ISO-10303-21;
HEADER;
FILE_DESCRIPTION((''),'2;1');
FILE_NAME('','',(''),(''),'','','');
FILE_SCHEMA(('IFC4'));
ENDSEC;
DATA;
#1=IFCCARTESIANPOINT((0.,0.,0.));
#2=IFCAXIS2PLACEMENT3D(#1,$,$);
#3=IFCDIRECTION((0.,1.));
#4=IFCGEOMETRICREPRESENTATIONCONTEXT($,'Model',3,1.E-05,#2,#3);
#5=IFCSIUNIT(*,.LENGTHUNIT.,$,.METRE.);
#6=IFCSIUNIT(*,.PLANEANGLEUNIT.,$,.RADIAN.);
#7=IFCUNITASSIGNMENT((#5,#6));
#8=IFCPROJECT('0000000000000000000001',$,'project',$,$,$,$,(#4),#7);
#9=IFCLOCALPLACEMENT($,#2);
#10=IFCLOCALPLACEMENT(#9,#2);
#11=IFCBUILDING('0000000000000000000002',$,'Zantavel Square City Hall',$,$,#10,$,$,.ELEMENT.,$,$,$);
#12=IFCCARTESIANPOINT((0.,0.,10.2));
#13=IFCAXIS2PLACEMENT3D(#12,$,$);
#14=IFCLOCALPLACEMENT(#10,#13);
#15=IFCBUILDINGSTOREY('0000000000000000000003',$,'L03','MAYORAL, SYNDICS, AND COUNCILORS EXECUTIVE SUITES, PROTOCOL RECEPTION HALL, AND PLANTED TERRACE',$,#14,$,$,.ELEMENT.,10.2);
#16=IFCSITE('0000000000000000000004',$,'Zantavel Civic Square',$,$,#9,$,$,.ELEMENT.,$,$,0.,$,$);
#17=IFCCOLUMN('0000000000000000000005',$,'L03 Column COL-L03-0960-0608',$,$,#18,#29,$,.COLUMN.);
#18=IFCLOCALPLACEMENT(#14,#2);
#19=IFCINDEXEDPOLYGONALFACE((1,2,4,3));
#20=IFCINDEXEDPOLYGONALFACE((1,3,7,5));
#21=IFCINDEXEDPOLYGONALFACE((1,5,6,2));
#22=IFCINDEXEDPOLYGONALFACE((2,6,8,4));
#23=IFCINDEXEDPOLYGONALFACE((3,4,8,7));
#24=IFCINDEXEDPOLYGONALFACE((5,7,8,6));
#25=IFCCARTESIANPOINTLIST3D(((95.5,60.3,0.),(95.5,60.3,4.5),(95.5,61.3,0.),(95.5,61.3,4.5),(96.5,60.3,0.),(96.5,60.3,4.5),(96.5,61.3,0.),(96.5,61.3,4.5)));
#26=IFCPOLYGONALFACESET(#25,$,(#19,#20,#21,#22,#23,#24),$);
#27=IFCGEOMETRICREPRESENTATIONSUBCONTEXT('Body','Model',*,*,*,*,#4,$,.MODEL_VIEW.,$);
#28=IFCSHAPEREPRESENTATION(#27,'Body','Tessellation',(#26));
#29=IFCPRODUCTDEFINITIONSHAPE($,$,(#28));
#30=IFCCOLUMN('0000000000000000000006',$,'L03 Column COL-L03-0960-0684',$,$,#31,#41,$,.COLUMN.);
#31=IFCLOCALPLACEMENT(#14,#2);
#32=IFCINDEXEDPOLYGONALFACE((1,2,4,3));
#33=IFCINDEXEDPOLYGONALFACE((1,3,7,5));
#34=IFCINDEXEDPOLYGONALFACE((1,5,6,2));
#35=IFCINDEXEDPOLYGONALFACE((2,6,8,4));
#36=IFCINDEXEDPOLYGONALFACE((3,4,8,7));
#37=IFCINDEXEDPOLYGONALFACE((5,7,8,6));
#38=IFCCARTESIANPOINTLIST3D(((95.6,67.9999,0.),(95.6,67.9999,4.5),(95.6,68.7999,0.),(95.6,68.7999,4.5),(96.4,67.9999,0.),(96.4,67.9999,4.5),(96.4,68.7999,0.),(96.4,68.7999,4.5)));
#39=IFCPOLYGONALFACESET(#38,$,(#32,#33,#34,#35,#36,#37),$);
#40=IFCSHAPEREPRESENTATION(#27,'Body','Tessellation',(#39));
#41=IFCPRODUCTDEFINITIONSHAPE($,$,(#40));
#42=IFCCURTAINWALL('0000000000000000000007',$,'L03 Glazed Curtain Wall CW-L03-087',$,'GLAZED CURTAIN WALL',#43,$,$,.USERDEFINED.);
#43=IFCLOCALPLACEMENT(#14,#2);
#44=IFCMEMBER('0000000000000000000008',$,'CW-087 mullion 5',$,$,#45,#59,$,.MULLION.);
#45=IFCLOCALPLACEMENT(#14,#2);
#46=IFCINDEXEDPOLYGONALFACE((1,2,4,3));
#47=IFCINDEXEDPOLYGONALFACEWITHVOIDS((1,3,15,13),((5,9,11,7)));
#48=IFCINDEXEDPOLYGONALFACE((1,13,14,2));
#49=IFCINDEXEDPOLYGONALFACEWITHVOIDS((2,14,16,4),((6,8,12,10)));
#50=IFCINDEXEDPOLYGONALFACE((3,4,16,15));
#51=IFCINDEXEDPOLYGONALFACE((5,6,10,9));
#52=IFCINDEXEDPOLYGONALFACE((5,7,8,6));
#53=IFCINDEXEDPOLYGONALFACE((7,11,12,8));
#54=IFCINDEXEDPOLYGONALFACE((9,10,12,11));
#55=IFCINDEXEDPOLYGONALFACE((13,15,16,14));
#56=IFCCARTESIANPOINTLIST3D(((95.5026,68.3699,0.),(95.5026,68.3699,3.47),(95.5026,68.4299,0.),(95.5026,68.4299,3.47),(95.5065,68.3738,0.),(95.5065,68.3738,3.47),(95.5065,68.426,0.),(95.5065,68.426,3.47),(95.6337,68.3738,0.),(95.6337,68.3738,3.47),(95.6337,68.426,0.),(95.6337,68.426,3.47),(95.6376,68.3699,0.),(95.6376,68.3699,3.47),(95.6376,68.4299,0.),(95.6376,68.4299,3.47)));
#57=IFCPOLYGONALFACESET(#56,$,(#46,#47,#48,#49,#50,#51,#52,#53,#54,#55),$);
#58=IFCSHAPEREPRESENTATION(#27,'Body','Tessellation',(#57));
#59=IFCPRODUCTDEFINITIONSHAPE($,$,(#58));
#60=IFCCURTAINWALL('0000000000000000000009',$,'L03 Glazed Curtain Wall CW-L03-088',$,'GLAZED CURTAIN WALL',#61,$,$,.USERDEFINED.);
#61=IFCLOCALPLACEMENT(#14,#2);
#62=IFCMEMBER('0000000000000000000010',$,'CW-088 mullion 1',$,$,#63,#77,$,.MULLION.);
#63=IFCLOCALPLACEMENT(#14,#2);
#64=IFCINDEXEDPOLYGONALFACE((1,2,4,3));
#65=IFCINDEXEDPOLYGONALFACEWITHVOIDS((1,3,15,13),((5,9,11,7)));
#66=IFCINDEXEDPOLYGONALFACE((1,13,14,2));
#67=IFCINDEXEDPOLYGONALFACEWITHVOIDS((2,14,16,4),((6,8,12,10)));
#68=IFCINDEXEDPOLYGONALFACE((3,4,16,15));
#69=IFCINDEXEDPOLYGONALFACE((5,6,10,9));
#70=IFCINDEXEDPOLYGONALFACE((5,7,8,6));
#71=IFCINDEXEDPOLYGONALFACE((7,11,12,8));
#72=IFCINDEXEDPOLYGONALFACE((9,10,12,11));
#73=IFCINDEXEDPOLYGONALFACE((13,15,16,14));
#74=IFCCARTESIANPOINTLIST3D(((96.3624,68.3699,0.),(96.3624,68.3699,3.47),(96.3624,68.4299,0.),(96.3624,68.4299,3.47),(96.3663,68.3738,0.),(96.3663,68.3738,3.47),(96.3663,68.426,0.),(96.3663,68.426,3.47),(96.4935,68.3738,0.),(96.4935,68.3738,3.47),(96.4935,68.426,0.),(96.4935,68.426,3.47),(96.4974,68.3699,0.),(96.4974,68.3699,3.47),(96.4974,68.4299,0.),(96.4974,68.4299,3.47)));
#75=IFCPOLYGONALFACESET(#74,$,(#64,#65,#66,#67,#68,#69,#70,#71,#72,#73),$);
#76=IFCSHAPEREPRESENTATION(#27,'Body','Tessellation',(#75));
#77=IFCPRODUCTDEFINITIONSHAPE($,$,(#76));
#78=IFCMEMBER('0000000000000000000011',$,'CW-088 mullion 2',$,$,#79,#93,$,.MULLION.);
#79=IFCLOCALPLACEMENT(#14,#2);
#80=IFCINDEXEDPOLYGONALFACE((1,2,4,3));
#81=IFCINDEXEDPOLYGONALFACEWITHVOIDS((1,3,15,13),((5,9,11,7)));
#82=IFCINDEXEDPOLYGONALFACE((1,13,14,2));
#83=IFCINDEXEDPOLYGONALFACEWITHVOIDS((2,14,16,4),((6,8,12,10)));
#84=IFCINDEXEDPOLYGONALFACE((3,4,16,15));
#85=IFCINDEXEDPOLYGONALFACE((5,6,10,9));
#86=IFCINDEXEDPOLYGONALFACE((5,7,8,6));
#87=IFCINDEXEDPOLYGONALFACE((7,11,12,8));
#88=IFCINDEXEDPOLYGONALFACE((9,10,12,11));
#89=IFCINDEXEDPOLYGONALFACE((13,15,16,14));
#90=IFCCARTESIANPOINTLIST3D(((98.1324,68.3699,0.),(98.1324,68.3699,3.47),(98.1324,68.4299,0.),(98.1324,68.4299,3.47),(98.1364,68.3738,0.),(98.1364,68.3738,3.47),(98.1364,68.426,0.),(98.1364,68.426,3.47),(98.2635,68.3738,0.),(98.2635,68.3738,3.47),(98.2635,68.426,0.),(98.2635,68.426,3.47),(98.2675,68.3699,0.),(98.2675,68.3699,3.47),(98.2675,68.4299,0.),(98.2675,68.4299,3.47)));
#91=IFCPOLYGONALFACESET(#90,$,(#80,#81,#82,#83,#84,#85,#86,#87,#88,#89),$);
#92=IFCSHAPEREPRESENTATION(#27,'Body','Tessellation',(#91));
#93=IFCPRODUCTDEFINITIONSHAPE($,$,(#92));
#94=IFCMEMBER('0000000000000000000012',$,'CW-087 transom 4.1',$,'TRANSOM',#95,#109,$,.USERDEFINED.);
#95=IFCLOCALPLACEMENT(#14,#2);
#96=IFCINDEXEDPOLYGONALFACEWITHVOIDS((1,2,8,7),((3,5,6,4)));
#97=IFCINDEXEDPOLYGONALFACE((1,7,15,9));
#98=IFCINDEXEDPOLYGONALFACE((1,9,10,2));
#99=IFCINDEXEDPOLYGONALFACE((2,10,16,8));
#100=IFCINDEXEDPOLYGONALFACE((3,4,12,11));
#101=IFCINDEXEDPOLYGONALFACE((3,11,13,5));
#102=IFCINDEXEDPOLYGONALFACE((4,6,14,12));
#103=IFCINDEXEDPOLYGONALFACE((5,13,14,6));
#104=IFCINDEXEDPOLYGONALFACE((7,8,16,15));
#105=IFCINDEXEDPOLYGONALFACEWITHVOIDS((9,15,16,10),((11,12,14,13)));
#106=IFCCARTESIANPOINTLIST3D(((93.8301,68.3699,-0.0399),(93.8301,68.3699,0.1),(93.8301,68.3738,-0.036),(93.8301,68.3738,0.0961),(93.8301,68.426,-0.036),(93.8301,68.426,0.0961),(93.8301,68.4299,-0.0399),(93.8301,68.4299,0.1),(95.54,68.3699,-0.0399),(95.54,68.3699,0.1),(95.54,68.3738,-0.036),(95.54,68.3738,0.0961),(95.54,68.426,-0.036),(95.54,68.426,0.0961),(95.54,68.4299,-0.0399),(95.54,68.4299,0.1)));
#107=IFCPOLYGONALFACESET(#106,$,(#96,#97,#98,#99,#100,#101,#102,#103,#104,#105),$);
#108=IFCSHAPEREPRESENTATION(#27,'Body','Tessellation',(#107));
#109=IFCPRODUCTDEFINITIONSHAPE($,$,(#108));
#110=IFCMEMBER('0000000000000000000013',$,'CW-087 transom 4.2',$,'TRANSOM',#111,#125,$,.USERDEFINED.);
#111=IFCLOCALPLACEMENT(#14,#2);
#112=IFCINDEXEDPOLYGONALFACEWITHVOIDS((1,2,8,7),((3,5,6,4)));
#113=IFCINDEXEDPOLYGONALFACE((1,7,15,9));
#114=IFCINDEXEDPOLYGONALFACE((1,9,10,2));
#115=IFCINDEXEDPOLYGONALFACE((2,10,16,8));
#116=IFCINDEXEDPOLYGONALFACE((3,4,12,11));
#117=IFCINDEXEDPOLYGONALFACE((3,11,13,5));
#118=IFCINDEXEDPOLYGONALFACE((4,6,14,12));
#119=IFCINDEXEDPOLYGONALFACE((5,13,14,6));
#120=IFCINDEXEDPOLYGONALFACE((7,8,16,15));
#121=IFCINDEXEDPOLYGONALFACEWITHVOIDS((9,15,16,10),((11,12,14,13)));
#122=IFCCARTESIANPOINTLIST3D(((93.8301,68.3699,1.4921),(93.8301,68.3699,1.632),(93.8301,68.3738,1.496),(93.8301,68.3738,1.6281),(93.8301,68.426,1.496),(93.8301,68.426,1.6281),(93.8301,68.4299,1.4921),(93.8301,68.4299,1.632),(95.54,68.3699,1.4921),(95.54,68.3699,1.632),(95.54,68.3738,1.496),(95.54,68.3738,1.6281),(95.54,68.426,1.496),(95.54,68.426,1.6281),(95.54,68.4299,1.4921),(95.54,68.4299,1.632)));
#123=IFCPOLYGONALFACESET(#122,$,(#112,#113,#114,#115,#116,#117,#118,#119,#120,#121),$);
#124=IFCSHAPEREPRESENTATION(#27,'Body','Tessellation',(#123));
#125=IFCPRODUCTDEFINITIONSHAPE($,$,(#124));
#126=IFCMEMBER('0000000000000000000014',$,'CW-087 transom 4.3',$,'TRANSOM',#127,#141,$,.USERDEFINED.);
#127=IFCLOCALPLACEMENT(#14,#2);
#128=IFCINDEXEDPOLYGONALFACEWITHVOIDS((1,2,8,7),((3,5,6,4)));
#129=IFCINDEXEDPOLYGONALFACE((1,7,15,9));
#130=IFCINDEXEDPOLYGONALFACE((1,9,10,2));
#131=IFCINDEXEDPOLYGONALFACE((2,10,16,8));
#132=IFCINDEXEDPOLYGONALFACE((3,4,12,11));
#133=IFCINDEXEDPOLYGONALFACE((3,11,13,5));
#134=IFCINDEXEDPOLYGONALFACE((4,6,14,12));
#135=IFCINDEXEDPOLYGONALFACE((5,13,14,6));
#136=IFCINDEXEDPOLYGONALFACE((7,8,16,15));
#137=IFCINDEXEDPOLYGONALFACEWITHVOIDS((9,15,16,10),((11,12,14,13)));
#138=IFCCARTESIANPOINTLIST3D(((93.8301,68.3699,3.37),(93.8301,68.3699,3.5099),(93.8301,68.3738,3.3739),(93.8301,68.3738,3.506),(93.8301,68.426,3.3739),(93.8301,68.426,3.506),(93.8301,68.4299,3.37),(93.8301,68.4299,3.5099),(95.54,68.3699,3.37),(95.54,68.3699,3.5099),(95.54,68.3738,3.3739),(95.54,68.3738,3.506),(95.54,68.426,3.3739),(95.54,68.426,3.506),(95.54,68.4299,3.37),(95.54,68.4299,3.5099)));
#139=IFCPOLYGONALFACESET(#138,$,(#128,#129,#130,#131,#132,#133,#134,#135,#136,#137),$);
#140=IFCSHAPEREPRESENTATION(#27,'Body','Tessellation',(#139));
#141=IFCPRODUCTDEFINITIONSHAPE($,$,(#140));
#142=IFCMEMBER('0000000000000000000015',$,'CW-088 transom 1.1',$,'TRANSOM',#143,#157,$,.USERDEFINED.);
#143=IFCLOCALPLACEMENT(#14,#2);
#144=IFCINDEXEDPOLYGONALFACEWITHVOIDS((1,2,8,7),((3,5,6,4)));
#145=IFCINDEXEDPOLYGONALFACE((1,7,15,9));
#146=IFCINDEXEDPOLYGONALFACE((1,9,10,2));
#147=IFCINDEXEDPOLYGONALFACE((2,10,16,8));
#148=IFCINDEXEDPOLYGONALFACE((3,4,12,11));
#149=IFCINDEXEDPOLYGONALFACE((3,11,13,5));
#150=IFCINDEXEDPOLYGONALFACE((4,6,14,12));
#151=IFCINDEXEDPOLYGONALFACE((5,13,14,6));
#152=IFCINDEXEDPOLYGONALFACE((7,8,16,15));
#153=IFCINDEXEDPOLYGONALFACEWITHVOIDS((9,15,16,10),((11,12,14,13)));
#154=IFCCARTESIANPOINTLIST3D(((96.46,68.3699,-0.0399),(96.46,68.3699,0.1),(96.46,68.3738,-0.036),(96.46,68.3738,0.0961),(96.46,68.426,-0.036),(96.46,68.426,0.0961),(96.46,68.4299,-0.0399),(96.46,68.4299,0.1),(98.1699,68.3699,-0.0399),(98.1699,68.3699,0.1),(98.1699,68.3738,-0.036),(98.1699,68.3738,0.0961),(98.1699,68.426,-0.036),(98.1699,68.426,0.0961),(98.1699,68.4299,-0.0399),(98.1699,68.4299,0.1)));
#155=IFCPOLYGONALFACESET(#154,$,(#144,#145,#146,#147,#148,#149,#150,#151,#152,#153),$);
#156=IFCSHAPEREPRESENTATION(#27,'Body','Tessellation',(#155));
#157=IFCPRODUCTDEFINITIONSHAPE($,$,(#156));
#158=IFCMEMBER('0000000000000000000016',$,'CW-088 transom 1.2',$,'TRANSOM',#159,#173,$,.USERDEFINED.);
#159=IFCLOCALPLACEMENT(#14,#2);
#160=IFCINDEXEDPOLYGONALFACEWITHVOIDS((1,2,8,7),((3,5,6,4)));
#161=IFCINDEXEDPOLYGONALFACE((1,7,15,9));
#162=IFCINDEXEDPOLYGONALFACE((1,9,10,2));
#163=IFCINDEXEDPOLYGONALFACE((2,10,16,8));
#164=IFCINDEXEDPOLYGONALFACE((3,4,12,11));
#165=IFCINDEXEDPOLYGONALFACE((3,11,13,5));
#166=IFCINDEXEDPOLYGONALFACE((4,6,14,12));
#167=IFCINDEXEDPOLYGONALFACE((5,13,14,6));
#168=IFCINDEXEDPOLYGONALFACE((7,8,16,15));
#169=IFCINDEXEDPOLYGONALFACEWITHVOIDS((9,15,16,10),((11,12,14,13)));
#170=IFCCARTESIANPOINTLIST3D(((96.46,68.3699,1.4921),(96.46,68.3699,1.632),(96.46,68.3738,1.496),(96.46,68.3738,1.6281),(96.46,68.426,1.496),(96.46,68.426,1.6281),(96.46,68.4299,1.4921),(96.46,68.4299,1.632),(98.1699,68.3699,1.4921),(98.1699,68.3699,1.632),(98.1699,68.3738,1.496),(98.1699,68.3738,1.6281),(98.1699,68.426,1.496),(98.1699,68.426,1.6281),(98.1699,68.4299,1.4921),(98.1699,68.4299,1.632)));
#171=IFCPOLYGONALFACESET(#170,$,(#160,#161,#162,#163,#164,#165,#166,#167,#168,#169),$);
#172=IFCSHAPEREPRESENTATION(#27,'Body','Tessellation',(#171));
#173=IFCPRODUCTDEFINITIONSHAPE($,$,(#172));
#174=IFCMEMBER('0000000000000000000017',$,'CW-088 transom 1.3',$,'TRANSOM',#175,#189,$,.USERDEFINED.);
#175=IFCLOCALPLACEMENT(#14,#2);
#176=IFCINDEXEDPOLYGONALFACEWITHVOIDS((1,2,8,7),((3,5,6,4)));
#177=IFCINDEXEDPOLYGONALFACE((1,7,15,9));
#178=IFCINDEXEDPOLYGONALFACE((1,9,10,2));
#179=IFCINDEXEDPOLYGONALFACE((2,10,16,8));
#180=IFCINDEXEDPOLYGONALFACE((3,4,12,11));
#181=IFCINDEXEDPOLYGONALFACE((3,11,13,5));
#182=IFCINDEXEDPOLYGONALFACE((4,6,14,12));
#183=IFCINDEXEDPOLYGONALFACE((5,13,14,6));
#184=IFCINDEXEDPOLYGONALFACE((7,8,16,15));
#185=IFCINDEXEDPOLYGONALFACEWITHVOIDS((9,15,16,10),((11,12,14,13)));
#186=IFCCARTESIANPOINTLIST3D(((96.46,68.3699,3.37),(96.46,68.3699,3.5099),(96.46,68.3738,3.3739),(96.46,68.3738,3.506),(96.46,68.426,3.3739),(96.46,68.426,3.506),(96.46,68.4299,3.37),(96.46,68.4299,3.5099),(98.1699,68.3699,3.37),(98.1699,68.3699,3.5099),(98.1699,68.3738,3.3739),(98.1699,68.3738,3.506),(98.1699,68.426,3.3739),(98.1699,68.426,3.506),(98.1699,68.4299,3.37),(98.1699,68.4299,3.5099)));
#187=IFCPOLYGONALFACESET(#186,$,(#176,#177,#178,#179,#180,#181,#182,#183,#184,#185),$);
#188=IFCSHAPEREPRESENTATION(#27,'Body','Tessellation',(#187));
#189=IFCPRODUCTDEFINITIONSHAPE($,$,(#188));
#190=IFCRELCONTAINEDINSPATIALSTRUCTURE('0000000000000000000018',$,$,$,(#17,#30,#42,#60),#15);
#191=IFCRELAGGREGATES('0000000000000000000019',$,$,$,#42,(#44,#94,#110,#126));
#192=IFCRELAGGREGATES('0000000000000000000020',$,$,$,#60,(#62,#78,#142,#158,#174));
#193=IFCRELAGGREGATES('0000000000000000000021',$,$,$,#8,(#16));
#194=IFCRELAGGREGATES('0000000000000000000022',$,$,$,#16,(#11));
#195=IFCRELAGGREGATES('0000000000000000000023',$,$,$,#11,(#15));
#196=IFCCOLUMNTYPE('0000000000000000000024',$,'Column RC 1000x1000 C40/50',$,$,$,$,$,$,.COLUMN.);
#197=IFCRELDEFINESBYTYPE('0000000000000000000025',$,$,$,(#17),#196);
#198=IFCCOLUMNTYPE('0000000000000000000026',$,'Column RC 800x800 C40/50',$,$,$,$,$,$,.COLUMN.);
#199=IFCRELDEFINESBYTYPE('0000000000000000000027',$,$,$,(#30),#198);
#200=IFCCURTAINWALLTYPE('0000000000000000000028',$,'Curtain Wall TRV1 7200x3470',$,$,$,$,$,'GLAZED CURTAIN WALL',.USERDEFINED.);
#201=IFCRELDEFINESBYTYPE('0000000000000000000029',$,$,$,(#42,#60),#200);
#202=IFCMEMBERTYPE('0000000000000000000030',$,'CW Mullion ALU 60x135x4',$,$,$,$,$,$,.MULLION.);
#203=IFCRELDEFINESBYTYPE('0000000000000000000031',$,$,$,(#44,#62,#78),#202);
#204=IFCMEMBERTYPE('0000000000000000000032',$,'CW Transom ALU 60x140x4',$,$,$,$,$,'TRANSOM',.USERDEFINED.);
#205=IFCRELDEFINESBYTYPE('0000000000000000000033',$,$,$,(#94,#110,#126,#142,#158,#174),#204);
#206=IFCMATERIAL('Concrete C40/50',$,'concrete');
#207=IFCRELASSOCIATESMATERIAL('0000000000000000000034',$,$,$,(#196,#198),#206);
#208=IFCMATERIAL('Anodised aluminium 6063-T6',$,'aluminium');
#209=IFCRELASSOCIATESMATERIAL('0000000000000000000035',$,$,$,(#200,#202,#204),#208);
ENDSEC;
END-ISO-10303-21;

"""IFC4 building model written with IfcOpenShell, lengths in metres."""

from ifc_helpers import new_model, si_unit, direction, frame, origin, origin_2d, place, context, subcontext, project, spatial, rectangle, hollow_rectangle, extrude, material, material_profile, profile_set, type_object, element, aggregate, save


model = new_model("IFC4")

# Units and contexts
model_context = context("Model", 3, precision=1e-05, world=origin(), true_north=direction((0.0, 1.0)))
body_context = subcontext(model_context, "Body", "Model", "MODEL_VIEW")
ifc_project = project(units=[si_unit("LENGTHUNIT", "METRE"), si_unit("PLANEANGLEUNIT", "RADIAN")], contexts=[model_context])

# Site, building, storey
site_placement = place(None, origin())
site = spatial("IfcSite", under=ifc_project, at=site_placement, Name="Zantavel Civic Square", CompositionType="ELEMENT", RefElevation=0.0)
building_placement = place(site_placement, origin())
building = spatial("IfcBuilding", under=site, at=building_placement, Name="Zantavel Square City Hall", CompositionType="ELEMENT")
storey_placement = place(building_placement, frame((0.0, 0.0, 10.2)))
storey = spatial("IfcBuildingStorey", under=building, at=storey_placement, Name="L03", Description="MAYORAL, SYNDICS, AND COUNCILORS EXECUTIVE SUITES, PROTOCOL RECEPTION HALL, AND PLANTED TERRACE", CompositionType="ELEMENT", Elevation=10.2)

# Columns
ifc_material_1 = material(Name="Concrete C40/50", Category="concrete")
ifc_material_profile_1 = material_profile(ifc_material_1, rectangle(XDim=1.0, YDim=1.0, at=origin_2d()), Name="RC 1000x1000")
ifc_profile_set_1 = profile_set([ifc_material_profile_1], Name="Concrete C40/50")
column_type_1 = type_object("IfcColumnType", Name="Column RC 1000x1000 C40/50", PredefinedType="COLUMN", material=ifc_profile_set_1)
column_1_placement = place(storey_placement, frame((96.0, 60.8, 0.0), z_axis=(0.0, 0.0, 1.0), x_axis=(1.0, 0.0, 0.0)))
element("IfcColumn", 1, at=column_1_placement, inside=storey, type_object=column_type_1, Name="L03 Column COL-L03-0960-0608", PredefinedType="COLUMN", context=body_context, shape_type="SweptSolid", body=[
    extrude(rectangle(XDim=1.0, YDim=1.0, at=origin_2d()), origin(), (0.0, 0.0, 1.0), 4.5),
])
ifc_material_profile_2 = material_profile(ifc_material_1, rectangle(XDim=0.8, YDim=0.8, at=origin_2d()), Name="RC 800x800")
ifc_profile_set_2 = profile_set([ifc_material_profile_2], Name="Concrete C40/50")
column_type_2 = type_object("IfcColumnType", Name="Column RC 800x800 C40/50", PredefinedType="COLUMN", material=ifc_profile_set_2)
column_2_placement = place(storey_placement, frame((96.0, 68.3999, 0.0), z_axis=(0.0, 0.0, 1.0), x_axis=(1.0, 0.0, 0.0)))
element("IfcColumn", 2, at=column_2_placement, inside=storey, type_object=column_type_2, Name="L03 Column COL-L03-0960-0684", PredefinedType="COLUMN", context=body_context, shape_type="SweptSolid", body=[
    extrude(rectangle(XDim=0.8, YDim=0.8, at=origin_2d()), origin(), (0.0, 0.0, 1.0), 4.5),
])

# Curtain wall, member
ifc_material_2 = material(Name="Anodised aluminium 6063-T6", Category="aluminium")
curtain_wall_type = type_object("IfcCurtainWallType", Name="Curtain Wall TRV1 7200x3470", ElementType="GLAZED CURTAIN WALL", PredefinedType="USERDEFINED", material=ifc_material_2)
curtain_wall_1_placement = place(storey_placement, origin())
curtain_wall_1 = element("IfcCurtainWall", 3, at=curtain_wall_1_placement, inside=storey, type_object=curtain_wall_type, Name="L03 Glazed Curtain Wall CW-L03-087", ObjectType="GLAZED CURTAIN WALL", PredefinedType="USERDEFINED")
ifc_material_profile_3 = material_profile(ifc_material_2, hollow_rectangle(XDim=0.0601, YDim=0.135, WallThickness=0.0039, at=origin_2d()), Name="ALU 60x135x4")
ifc_profile_set_3 = profile_set([ifc_material_profile_3], Name="Anodised aluminium 6063-T6")
member_type_1 = type_object("IfcMemberType", Name="CW Mullion ALU 60x135x4", PredefinedType="MULLION", material=ifc_profile_set_3)
member_1_placement = place(storey_placement, frame((95.5701, 68.3999, 0.0), z_axis=(0.0, 0.0, 1.0), x_axis=(0.0, 1.0, 0.0)))
member_1 = element("IfcMember", 4, at=member_1_placement, type_object=member_type_1, Name="CW-087 mullion 5", PredefinedType="MULLION", context=body_context, shape_type="SweptSolid", body=[
    extrude(hollow_rectangle(XDim=0.0601, YDim=0.135, WallThickness=0.0039, at=origin_2d()), origin(), (0.0, 0.0, 1.0), 3.47),
])

# Curtain wall, members
curtain_wall_2_placement = place(storey_placement, origin())
curtain_wall_2 = element("IfcCurtainWall", 5, at=curtain_wall_2_placement, inside=storey, type_object=curtain_wall_type, Name="L03 Glazed Curtain Wall CW-L03-088", ObjectType="GLAZED CURTAIN WALL", PredefinedType="USERDEFINED")
member_2_placement = place(storey_placement, frame((96.4299, 68.3999, 0.0), z_axis=(0.0, 0.0, 1.0), x_axis=(0.0, 1.0, 0.0)))
member_2 = element("IfcMember", 6, at=member_2_placement, type_object=member_type_1, Name="CW-088 mullion 1", PredefinedType="MULLION", context=body_context, shape_type="SweptSolid", body=[
    extrude(hollow_rectangle(XDim=0.0601, YDim=0.135, WallThickness=0.0039, at=origin_2d()), origin(), (0.0, 0.0, 1.0), 3.47),
])
member_3_placement = place(storey_placement, frame((98.2, 68.3999, 0.0), z_axis=(0.0, 0.0, 1.0), x_axis=(0.0, 1.0, 0.0)))
member_3 = element("IfcMember", 7, at=member_3_placement, type_object=member_type_1, Name="CW-088 mullion 2", PredefinedType="MULLION", context=body_context, shape_type="SweptSolid", body=[
    extrude(hollow_rectangle(XDim=0.0601, YDim=0.135, WallThickness=0.0039, at=origin_2d()), origin(), (0.0, 0.0, 1.0), 3.47),
])

# Members
ifc_material_profile_4 = material_profile(ifc_material_2, hollow_rectangle(XDim=0.0601, YDim=0.1399, WallThickness=0.0039, at=origin_2d()), Name="ALU 60x140x4")
ifc_profile_set_4 = profile_set([ifc_material_profile_4], Name="Anodised aluminium 6063-T6")
member_type_2 = type_object("IfcMemberType", Name="CW Transom ALU 60x140x4", ElementType="TRANSOM", PredefinedType="USERDEFINED", material=ifc_profile_set_4)
member_4_placement = place(storey_placement, frame((93.8301, 68.3999, 0.03), z_axis=(1.0, 0.0, 0.0), x_axis=(0.0, 1.0, 0.0)))
member_4 = element("IfcMember", 8, at=member_4_placement, type_object=member_type_2, Name="CW-087 transom 4.1", ObjectType="TRANSOM", PredefinedType="USERDEFINED", context=body_context, shape_type="SweptSolid", body=[
    extrude(hollow_rectangle(XDim=0.0601, YDim=0.1399, WallThickness=0.0039, at=origin_2d()), origin(), (0.0, 0.0, 1.0), 1.71),
])
member_5_placement = place(storey_placement, frame((93.8301, 68.3999, 1.562), z_axis=(1.0, 0.0, 0.0), x_axis=(0.0, 1.0, 0.0)))
member_5 = element("IfcMember", 9, at=member_5_placement, type_object=member_type_2, Name="CW-087 transom 4.2", ObjectType="TRANSOM", PredefinedType="USERDEFINED", context=body_context, shape_type="SweptSolid", body=[
    extrude(hollow_rectangle(XDim=0.0601, YDim=0.1399, WallThickness=0.0039, at=origin_2d()), origin(), (0.0, 0.0, 1.0), 1.71),
])
member_6_placement = place(storey_placement, frame((93.8301, 68.3999, 3.4399), z_axis=(1.0, 0.0, 0.0), x_axis=(0.0, 1.0, 0.0)))
member_6 = element("IfcMember", 10, at=member_6_placement, type_object=member_type_2, Name="CW-087 transom 4.3", ObjectType="TRANSOM", PredefinedType="USERDEFINED", context=body_context, shape_type="SweptSolid", body=[
    extrude(hollow_rectangle(XDim=0.0601, YDim=0.1399, WallThickness=0.0039, at=origin_2d()), origin(), (0.0, 0.0, 1.0), 1.71),
])
member_7_placement = place(storey_placement, frame((96.46, 68.3999, 0.03), z_axis=(1.0, 0.0, 0.0), x_axis=(0.0, 1.0, 0.0)))
member_7 = element("IfcMember", 11, at=member_7_placement, type_object=member_type_2, Name="CW-088 transom 1.1", ObjectType="TRANSOM", PredefinedType="USERDEFINED", context=body_context, shape_type="SweptSolid", body=[
    extrude(hollow_rectangle(XDim=0.0601, YDim=0.1399, WallThickness=0.0039, at=origin_2d()), origin(), (0.0, 0.0, 1.0), 1.71),
])
member_8_placement = place(storey_placement, frame((96.46, 68.3999, 1.562), z_axis=(1.0, 0.0, 0.0), x_axis=(0.0, 1.0, 0.0)))
member_8 = element("IfcMember", 12, at=member_8_placement, type_object=member_type_2, Name="CW-088 transom 1.2", ObjectType="TRANSOM", PredefinedType="USERDEFINED", context=body_context, shape_type="SweptSolid", body=[
    extrude(hollow_rectangle(XDim=0.0601, YDim=0.1399, WallThickness=0.0039, at=origin_2d()), origin(), (0.0, 0.0, 1.0), 1.71),
])
member_9_placement = place(storey_placement, frame((96.46, 68.3999, 3.4399), z_axis=(1.0, 0.0, 0.0), x_axis=(0.0, 1.0, 0.0)))
member_9 = element("IfcMember", 13, at=member_9_placement, type_object=member_type_2, Name="CW-088 transom 1.3", ObjectType="TRANSOM", PredefinedType="USERDEFINED", context=body_context, shape_type="SweptSolid", body=[
    extrude(hollow_rectangle(XDim=0.0601, YDim=0.1399, WallThickness=0.0039, at=origin_2d()), origin(), (0.0, 0.0, 1.0), 1.71),
])

aggregate(curtain_wall_1, [member_1, member_4, member_5, member_6])
aggregate(curtain_wall_2, [member_2, member_3, member_7, member_8, member_9])

save(model, "model.ifc")
